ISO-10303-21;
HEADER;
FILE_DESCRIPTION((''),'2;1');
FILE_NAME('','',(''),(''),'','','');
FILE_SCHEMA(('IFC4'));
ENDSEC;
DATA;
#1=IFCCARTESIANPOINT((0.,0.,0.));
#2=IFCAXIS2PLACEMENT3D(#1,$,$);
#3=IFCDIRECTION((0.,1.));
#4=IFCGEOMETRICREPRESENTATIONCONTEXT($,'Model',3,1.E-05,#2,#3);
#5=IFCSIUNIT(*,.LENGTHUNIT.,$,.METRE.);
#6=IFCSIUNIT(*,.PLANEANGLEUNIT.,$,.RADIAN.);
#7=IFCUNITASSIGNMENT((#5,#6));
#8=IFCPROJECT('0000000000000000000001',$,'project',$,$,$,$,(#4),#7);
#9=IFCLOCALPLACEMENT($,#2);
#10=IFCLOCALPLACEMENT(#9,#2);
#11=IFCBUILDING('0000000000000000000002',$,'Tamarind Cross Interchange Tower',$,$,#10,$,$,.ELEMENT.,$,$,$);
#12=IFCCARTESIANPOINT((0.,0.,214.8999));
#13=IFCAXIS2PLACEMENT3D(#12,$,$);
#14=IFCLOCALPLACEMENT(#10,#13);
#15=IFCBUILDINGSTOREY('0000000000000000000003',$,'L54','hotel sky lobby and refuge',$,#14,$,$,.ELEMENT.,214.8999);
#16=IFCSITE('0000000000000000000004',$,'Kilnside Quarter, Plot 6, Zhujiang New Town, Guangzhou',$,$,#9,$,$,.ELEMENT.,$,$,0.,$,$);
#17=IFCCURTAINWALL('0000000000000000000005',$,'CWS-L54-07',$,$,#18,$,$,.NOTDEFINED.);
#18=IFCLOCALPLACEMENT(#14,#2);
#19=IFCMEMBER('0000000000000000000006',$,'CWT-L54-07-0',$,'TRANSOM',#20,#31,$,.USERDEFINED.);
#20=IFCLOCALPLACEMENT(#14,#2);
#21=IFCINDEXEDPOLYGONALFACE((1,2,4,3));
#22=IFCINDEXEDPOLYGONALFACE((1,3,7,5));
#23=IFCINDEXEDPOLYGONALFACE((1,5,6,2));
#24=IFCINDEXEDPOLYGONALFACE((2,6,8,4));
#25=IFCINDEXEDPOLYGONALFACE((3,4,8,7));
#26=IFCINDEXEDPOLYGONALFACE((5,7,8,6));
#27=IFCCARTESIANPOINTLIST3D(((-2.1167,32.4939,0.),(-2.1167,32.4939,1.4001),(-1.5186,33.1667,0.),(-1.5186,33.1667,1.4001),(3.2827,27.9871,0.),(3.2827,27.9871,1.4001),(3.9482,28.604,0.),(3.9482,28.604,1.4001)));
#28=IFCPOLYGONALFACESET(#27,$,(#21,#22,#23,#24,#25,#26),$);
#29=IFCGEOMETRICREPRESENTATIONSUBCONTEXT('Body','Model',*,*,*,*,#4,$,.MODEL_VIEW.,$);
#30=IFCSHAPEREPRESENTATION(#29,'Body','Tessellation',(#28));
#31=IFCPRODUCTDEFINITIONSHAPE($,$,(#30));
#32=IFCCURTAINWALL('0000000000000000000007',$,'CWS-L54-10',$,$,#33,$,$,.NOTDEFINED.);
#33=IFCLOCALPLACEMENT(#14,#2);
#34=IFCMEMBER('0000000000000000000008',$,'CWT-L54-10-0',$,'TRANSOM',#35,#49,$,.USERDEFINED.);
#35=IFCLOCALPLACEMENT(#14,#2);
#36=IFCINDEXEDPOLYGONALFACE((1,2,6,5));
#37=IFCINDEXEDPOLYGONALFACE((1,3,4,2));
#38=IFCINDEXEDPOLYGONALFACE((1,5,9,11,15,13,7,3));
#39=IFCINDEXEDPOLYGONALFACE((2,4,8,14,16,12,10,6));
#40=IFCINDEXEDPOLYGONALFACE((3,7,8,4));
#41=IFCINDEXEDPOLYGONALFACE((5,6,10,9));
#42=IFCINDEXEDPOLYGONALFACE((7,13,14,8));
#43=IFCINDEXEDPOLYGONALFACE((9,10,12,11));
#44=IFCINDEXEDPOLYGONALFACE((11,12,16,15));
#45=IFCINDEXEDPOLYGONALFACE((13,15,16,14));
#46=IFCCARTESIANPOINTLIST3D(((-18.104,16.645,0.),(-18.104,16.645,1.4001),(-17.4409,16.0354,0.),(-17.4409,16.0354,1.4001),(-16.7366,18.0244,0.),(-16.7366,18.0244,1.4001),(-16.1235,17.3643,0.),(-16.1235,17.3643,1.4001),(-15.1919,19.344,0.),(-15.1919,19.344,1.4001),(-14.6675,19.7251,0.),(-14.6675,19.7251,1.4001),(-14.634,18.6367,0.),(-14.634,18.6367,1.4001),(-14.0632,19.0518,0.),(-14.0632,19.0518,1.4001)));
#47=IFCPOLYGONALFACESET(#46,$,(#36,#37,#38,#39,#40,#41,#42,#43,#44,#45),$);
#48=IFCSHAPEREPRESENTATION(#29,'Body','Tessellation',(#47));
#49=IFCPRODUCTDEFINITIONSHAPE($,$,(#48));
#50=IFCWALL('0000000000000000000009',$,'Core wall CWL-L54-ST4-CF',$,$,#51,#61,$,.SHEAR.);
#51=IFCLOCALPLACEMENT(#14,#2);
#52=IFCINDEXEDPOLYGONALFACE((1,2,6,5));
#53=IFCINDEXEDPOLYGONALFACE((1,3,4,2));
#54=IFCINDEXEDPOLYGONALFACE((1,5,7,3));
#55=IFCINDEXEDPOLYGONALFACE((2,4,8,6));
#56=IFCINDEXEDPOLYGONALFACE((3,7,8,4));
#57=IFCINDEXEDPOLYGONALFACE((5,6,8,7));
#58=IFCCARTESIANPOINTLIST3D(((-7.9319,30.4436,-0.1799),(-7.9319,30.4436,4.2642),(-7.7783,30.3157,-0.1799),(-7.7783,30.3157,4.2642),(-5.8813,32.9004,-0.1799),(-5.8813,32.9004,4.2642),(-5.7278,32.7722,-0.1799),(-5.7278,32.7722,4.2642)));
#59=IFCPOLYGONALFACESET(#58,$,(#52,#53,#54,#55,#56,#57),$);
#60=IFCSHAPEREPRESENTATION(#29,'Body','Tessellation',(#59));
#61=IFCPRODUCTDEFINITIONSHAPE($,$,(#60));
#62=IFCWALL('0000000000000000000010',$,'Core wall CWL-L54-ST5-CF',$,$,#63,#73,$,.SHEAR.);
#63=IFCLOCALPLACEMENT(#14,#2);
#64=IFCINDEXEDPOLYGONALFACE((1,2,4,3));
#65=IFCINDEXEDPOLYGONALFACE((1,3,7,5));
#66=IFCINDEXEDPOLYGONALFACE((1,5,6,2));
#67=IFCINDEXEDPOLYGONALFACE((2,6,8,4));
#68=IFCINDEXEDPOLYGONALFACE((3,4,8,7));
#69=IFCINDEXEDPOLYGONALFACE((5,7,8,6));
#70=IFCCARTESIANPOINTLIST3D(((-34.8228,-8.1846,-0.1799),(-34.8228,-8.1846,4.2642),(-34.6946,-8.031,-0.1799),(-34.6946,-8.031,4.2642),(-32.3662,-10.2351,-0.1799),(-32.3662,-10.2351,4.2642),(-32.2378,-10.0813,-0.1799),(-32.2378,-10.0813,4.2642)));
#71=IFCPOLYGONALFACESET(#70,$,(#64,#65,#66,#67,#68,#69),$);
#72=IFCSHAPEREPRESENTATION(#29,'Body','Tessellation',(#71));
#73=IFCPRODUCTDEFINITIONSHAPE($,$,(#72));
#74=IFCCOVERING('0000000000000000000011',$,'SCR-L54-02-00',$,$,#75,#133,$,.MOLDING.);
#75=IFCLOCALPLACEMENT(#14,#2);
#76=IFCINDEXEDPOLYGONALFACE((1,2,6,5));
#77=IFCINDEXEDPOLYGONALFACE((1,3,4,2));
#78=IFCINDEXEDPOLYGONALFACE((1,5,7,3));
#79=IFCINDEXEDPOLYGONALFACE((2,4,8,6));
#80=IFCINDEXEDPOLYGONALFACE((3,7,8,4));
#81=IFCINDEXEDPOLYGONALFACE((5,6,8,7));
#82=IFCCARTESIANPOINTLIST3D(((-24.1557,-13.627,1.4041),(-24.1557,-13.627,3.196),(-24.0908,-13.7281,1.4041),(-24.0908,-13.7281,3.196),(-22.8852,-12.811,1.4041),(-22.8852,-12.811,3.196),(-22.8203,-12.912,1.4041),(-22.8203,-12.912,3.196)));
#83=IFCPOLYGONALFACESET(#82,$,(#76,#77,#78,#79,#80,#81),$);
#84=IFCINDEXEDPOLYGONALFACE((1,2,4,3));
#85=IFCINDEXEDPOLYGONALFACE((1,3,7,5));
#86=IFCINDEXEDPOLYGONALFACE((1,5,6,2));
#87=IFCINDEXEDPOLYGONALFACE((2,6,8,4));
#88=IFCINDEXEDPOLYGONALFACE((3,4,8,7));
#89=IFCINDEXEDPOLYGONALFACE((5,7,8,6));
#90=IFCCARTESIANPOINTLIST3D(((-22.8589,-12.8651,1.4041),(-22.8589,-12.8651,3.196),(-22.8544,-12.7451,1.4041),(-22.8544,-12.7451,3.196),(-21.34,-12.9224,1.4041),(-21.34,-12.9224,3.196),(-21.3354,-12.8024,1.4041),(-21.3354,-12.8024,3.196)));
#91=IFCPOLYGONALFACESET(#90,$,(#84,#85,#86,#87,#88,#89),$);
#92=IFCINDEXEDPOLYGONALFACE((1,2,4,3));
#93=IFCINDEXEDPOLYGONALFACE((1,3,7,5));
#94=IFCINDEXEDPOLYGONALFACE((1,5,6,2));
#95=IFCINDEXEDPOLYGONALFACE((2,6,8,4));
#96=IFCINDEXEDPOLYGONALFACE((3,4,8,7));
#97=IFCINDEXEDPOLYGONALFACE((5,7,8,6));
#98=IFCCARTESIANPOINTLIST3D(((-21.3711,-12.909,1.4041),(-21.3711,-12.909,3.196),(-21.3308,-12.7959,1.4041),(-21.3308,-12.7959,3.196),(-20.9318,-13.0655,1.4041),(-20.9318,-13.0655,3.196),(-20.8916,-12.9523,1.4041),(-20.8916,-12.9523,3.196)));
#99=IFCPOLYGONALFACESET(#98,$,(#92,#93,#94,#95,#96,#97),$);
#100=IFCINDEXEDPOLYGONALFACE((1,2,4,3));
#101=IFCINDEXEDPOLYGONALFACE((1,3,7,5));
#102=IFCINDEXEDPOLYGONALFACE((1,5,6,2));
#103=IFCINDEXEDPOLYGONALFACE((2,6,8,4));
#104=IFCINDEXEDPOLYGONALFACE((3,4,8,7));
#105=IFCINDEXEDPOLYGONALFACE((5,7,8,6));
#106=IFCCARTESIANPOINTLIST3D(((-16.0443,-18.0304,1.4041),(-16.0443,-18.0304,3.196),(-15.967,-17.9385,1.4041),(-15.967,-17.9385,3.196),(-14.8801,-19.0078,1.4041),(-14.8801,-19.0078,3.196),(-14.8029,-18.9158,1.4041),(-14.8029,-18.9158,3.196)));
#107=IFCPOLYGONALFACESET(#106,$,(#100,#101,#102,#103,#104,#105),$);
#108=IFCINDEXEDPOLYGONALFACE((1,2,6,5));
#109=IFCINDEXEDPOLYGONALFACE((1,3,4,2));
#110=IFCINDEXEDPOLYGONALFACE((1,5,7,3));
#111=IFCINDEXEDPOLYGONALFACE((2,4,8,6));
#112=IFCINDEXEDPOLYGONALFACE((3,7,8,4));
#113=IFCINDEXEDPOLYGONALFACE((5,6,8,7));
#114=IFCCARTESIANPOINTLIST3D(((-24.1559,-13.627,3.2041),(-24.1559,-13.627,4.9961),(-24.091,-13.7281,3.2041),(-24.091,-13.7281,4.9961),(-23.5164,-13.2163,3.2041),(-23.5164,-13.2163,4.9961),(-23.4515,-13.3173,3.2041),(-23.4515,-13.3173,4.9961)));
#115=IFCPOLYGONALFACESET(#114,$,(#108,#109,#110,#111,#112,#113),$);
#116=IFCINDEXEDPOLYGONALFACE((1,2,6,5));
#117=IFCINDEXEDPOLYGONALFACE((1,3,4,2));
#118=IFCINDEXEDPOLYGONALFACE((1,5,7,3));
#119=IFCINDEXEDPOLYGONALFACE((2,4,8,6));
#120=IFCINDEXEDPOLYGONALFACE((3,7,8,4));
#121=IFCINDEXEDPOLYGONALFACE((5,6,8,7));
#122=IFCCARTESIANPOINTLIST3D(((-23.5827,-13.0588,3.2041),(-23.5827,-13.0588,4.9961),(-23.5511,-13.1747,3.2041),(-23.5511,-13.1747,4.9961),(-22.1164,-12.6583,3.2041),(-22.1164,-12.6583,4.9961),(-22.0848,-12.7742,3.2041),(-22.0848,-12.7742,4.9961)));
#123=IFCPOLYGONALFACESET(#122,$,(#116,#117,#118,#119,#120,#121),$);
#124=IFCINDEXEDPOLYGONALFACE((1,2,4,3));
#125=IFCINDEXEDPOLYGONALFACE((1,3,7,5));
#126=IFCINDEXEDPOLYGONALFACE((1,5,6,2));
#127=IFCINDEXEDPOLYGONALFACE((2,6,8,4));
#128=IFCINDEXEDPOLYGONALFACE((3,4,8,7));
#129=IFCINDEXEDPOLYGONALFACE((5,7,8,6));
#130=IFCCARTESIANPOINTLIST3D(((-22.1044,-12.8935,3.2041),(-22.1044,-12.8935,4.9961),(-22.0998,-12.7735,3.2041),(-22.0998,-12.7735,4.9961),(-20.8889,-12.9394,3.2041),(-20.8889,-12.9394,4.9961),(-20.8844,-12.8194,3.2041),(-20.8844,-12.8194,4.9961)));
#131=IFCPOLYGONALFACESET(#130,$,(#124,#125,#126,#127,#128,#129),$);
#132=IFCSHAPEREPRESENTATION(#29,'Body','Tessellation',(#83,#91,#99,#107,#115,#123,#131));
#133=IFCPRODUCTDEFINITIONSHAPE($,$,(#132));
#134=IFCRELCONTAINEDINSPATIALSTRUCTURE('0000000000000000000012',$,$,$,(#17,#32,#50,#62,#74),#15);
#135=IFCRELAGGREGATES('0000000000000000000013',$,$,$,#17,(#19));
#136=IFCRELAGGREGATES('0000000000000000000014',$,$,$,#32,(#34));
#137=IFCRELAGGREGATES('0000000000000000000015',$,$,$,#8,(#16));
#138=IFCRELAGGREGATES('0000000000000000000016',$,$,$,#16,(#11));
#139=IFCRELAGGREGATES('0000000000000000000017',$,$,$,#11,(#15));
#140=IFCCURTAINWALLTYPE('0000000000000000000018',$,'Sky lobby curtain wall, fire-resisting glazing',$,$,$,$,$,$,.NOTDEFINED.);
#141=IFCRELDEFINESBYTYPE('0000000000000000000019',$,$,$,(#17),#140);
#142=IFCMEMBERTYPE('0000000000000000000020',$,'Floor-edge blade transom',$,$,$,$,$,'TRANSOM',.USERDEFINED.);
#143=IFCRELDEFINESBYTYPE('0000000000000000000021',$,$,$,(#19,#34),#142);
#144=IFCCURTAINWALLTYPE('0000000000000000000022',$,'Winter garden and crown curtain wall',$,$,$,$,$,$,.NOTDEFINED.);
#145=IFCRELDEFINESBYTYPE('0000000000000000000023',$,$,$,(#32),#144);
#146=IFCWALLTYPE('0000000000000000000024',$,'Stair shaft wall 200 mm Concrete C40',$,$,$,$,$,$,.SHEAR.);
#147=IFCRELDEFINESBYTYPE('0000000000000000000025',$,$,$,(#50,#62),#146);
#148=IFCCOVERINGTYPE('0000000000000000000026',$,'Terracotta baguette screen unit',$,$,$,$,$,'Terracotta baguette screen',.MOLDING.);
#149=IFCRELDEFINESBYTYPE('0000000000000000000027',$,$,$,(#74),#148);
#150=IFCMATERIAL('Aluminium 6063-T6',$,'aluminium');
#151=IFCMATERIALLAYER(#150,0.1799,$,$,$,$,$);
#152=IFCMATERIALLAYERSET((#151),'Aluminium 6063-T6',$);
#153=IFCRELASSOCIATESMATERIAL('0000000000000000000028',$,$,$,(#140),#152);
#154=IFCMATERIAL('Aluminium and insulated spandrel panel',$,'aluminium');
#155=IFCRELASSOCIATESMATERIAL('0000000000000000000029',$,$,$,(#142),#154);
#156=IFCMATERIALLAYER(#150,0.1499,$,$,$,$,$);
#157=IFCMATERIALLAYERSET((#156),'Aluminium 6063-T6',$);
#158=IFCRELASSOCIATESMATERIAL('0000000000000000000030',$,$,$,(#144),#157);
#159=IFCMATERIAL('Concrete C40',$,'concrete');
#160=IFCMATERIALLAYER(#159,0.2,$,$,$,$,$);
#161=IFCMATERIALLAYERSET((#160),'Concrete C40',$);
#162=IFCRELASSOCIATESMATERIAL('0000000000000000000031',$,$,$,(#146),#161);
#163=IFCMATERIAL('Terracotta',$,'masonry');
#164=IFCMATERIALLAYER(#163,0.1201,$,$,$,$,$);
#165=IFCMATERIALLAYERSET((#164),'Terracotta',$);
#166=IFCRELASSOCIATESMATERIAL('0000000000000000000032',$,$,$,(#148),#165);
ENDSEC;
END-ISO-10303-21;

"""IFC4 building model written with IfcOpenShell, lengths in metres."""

from ifc_helpers import new_model, si_unit, direction, frame, origin, origin_2d, place, context, subcontext, project, spatial, polyline, rectangle, outline, extrude, material, layer, layer_set, type_object, element, aggregate, save


model = new_model("IFC4")

# Units and contexts
model_context = context("Model", 3, precision=1e-05, world=origin(), true_north=direction((0.0, 1.0)))
body_context = subcontext(model_context, "Body", "Model", "MODEL_VIEW")
ifc_project = project(units=[si_unit("LENGTHUNIT", "METRE"), si_unit("PLANEANGLEUNIT", "RADIAN")], contexts=[model_context])

# Site, building, storey
site_placement = place(None, origin())
site = spatial("IfcSite", under=ifc_project, at=site_placement, Name="Kilnside Quarter, Plot 6, Zhujiang New Town, Guangzhou", CompositionType="ELEMENT", RefElevation=0.0)
building_placement = place(site_placement, origin())
building = spatial("IfcBuilding", under=site, at=building_placement, Name="Tamarind Cross Interchange Tower", CompositionType="ELEMENT")
storey_placement = place(building_placement, frame((0.0, 0.0, 214.8999)))
storey = spatial("IfcBuildingStorey", under=building, at=storey_placement, Name="L54", Description="hotel sky lobby and refuge", CompositionType="ELEMENT", Elevation=214.8999)

# Curtain walls, members
ifc_material_1 = material(Name="Aluminium 6063-T6", Category="aluminium")
ifc_layer_1 = layer(ifc_material_1, 0.1799)
ifc_layer_set_1 = layer_set([ifc_layer_1], Name="Aluminium 6063-T6")
curtain_wall_type_1 = type_object("IfcCurtainWallType", Name="Sky lobby curtain wall, fire-resisting glazing", PredefinedType="NOTDEFINED", material=ifc_layer_set_1)
curtain_wall_1_placement = place(storey_placement, origin())
curtain_wall_1 = element("IfcCurtainWall", 1, at=curtain_wall_1_placement, inside=storey, type_object=curtain_wall_type_1, Name="CWS-L54-07", PredefinedType="NOTDEFINED")
ifc_material_2 = material(Name="Aluminium and insulated spandrel panel", Category="aluminium")
member_type = type_object("IfcMemberType", Name="Floor-edge blade transom", ElementType="TRANSOM", PredefinedType="USERDEFINED", material=ifc_material_2)
member_1_placement = place(storey_placement, origin())
member_1 = element("IfcMember", 2, at=member_1_placement, type_object=member_type, Name="CWT-L54-07-0", ObjectType="TRANSOM", PredefinedType="USERDEFINED", context=body_context, shape_type="SweptSolid", body=[
    extrude(outline(polyline([(3.2827, 27.9871), (-2.1167, 32.4939), (-1.5186, 33.1667), (3.9482, 28.604), (3.2827, 27.9871)])), origin(), (0.0, 0.0, 1.0), 1.4001),
])
aggregate(curtain_wall_1, [member_1])
ifc_layer_2 = layer(ifc_material_1, 0.1499)
ifc_layer_set_2 = layer_set([ifc_layer_2], Name="Aluminium 6063-T6")
curtain_wall_type_2 = type_object("IfcCurtainWallType", Name="Winter garden and crown curtain wall", PredefinedType="NOTDEFINED", material=ifc_layer_set_2)
curtain_wall_2_placement = place(storey_placement, origin())
curtain_wall_2 = element("IfcCurtainWall", 3, at=curtain_wall_2_placement, inside=storey, type_object=curtain_wall_type_2, Name="CWS-L54-10", PredefinedType="NOTDEFINED")
member_2_placement = place(storey_placement, origin())
member_2 = element("IfcMember", 4, at=member_2_placement, type_object=member_type, Name="CWT-L54-10-0", ObjectType="TRANSOM", PredefinedType="USERDEFINED", context=body_context, shape_type="SweptSolid", body=[
    extrude(outline(polyline([(-14.0632, 19.0518), (-14.634, 18.6367), (-16.1235, 17.3643), (-17.4409, 16.0354), (-18.104, 16.645), (-16.7366, 18.0244), (-15.1919, 19.344), (-14.6675, 19.7251), (-14.0632, 19.0518)])), origin(), (0.0, 0.0, 1.0), 1.4001),
])
aggregate(curtain_wall_2, [member_2])

# Walls
ifc_material_3 = material(Name="Concrete C40", Category="concrete")
ifc_layer_3 = layer(ifc_material_3, 0.2)
ifc_layer_set_3 = layer_set([ifc_layer_3], Name="Concrete C40")
wall_type = type_object("IfcWallType", Name="Stair shaft wall 200 mm Concrete C40", PredefinedType="SHEAR", material=ifc_layer_set_3)
wall_1_placement = place(storey_placement, frame((0.0, 0.0, -0.1799)))
element("IfcWall", 5, at=wall_1_placement, inside=storey, type_object=wall_type, Name="Core wall CWL-L54-ST4-CF", PredefinedType="SHEAR", context=body_context, shape_type="SweptSolid", body=[
    extrude(outline(polyline([(-5.7278, 32.7722), (-5.8813, 32.9004), (-7.9319, 30.4436), (-7.7783, 30.3157), (-5.7278, 32.7722)])), origin(), (0.0, 0.0, 1.0), 4.4441),
])
wall_2_placement = place(storey_placement, frame((0.0, 0.0, -0.1799)))
element("IfcWall", 6, at=wall_2_placement, inside=storey, type_object=wall_type, Name="Core wall CWL-L54-ST5-CF", PredefinedType="SHEAR", context=body_context, shape_type="SweptSolid", body=[
    extrude(outline(polyline([(-34.6946, -8.031), (-34.8228, -8.1846), (-32.3662, -10.2351), (-32.2378, -10.0813), (-34.6946, -8.031)])), origin(), (0.0, 0.0, 1.0), 4.4441),
])

# Covering
ifc_material_4 = material(Name="Terracotta", Category="masonry")
ifc_layer_4 = layer(ifc_material_4, 0.1201)
ifc_layer_set_4 = layer_set([ifc_layer_4], Name="Terracotta")
covering_type = type_object("IfcCoveringType", Name="Terracotta baguette screen unit", ElementType="Terracotta baguette screen", PredefinedType="MOLDING", material=ifc_layer_set_4)
covering_1_placement = place(storey_placement, origin())
element("IfcCovering", 7, at=covering_1_placement, inside=storey, type_object=covering_type, Name="SCR-L54-02-00", PredefinedType="MOLDING", context=body_context, shape_type="SweptSolid", body=[
    extrude(rectangle(XDim=1.51, YDim=0.1201, at=origin_2d()), frame((-23.488, -13.2695, 1.4041), z_axis=(0.0, 0.0, 1.0), x_axis=(0.841388, 0.540432, 0.0)), (0.0, 0.0, 1.0), 1.792),
    extrude(rectangle(XDim=1.52, YDim=0.1201, at=origin_2d()), frame((-22.0972, -12.8337, 1.4041), z_axis=(0.0, 0.0, 1.0), x_axis=(0.999288, -0.037719, 0.0)), (0.0, 0.0, 1.0), 1.792),
    extrude(rectangle(XDim=0.4663, YDim=0.1201, at=origin_2d()), frame((-21.1313, -12.9307, 1.4041), z_axis=(0.0, 0.0, 1.0), x_axis=(0.942063, -0.335435, 0.0)), (0.0, 0.0, 1.0), 1.792),
    extrude(rectangle(XDim=1.52, YDim=0.1201, at=origin_2d()), frame((-15.4236, -18.4731, 1.4041), z_axis=(0.0, 0.0, 1.0), x_axis=(0.765858, -0.643009, 0.0)), (0.0, 0.0, 1.0), 1.792),
    extrude(rectangle(XDim=0.76, YDim=0.1201, at=origin_2d()), frame((-23.8037, -13.4722, 3.2041), z_axis=(0.0, 0.0, 1.0), x_axis=(0.841388, 0.540432, 0.0)), (0.0, 0.0, 1.0), 1.792),
    extrude(rectangle(XDim=1.52, YDim=0.1201, at=origin_2d()), frame((-22.8337, -12.9165, 3.2041), z_axis=(0.0, 0.0, 1.0), x_axis=(0.964669, 0.263464, 0.0)), (0.0, 0.0, 1.0), 1.792),
    extrude(rectangle(XDim=1.2163, YDim=0.1201, at=origin_2d()), frame((-21.4944, -12.8564, 3.2041), z_axis=(0.0, 0.0, 1.0), x_axis=(0.999288, -0.037719, 0.0)), (0.0, 0.0, 1.0), 1.792),
])

save(model, "model.ifc")
